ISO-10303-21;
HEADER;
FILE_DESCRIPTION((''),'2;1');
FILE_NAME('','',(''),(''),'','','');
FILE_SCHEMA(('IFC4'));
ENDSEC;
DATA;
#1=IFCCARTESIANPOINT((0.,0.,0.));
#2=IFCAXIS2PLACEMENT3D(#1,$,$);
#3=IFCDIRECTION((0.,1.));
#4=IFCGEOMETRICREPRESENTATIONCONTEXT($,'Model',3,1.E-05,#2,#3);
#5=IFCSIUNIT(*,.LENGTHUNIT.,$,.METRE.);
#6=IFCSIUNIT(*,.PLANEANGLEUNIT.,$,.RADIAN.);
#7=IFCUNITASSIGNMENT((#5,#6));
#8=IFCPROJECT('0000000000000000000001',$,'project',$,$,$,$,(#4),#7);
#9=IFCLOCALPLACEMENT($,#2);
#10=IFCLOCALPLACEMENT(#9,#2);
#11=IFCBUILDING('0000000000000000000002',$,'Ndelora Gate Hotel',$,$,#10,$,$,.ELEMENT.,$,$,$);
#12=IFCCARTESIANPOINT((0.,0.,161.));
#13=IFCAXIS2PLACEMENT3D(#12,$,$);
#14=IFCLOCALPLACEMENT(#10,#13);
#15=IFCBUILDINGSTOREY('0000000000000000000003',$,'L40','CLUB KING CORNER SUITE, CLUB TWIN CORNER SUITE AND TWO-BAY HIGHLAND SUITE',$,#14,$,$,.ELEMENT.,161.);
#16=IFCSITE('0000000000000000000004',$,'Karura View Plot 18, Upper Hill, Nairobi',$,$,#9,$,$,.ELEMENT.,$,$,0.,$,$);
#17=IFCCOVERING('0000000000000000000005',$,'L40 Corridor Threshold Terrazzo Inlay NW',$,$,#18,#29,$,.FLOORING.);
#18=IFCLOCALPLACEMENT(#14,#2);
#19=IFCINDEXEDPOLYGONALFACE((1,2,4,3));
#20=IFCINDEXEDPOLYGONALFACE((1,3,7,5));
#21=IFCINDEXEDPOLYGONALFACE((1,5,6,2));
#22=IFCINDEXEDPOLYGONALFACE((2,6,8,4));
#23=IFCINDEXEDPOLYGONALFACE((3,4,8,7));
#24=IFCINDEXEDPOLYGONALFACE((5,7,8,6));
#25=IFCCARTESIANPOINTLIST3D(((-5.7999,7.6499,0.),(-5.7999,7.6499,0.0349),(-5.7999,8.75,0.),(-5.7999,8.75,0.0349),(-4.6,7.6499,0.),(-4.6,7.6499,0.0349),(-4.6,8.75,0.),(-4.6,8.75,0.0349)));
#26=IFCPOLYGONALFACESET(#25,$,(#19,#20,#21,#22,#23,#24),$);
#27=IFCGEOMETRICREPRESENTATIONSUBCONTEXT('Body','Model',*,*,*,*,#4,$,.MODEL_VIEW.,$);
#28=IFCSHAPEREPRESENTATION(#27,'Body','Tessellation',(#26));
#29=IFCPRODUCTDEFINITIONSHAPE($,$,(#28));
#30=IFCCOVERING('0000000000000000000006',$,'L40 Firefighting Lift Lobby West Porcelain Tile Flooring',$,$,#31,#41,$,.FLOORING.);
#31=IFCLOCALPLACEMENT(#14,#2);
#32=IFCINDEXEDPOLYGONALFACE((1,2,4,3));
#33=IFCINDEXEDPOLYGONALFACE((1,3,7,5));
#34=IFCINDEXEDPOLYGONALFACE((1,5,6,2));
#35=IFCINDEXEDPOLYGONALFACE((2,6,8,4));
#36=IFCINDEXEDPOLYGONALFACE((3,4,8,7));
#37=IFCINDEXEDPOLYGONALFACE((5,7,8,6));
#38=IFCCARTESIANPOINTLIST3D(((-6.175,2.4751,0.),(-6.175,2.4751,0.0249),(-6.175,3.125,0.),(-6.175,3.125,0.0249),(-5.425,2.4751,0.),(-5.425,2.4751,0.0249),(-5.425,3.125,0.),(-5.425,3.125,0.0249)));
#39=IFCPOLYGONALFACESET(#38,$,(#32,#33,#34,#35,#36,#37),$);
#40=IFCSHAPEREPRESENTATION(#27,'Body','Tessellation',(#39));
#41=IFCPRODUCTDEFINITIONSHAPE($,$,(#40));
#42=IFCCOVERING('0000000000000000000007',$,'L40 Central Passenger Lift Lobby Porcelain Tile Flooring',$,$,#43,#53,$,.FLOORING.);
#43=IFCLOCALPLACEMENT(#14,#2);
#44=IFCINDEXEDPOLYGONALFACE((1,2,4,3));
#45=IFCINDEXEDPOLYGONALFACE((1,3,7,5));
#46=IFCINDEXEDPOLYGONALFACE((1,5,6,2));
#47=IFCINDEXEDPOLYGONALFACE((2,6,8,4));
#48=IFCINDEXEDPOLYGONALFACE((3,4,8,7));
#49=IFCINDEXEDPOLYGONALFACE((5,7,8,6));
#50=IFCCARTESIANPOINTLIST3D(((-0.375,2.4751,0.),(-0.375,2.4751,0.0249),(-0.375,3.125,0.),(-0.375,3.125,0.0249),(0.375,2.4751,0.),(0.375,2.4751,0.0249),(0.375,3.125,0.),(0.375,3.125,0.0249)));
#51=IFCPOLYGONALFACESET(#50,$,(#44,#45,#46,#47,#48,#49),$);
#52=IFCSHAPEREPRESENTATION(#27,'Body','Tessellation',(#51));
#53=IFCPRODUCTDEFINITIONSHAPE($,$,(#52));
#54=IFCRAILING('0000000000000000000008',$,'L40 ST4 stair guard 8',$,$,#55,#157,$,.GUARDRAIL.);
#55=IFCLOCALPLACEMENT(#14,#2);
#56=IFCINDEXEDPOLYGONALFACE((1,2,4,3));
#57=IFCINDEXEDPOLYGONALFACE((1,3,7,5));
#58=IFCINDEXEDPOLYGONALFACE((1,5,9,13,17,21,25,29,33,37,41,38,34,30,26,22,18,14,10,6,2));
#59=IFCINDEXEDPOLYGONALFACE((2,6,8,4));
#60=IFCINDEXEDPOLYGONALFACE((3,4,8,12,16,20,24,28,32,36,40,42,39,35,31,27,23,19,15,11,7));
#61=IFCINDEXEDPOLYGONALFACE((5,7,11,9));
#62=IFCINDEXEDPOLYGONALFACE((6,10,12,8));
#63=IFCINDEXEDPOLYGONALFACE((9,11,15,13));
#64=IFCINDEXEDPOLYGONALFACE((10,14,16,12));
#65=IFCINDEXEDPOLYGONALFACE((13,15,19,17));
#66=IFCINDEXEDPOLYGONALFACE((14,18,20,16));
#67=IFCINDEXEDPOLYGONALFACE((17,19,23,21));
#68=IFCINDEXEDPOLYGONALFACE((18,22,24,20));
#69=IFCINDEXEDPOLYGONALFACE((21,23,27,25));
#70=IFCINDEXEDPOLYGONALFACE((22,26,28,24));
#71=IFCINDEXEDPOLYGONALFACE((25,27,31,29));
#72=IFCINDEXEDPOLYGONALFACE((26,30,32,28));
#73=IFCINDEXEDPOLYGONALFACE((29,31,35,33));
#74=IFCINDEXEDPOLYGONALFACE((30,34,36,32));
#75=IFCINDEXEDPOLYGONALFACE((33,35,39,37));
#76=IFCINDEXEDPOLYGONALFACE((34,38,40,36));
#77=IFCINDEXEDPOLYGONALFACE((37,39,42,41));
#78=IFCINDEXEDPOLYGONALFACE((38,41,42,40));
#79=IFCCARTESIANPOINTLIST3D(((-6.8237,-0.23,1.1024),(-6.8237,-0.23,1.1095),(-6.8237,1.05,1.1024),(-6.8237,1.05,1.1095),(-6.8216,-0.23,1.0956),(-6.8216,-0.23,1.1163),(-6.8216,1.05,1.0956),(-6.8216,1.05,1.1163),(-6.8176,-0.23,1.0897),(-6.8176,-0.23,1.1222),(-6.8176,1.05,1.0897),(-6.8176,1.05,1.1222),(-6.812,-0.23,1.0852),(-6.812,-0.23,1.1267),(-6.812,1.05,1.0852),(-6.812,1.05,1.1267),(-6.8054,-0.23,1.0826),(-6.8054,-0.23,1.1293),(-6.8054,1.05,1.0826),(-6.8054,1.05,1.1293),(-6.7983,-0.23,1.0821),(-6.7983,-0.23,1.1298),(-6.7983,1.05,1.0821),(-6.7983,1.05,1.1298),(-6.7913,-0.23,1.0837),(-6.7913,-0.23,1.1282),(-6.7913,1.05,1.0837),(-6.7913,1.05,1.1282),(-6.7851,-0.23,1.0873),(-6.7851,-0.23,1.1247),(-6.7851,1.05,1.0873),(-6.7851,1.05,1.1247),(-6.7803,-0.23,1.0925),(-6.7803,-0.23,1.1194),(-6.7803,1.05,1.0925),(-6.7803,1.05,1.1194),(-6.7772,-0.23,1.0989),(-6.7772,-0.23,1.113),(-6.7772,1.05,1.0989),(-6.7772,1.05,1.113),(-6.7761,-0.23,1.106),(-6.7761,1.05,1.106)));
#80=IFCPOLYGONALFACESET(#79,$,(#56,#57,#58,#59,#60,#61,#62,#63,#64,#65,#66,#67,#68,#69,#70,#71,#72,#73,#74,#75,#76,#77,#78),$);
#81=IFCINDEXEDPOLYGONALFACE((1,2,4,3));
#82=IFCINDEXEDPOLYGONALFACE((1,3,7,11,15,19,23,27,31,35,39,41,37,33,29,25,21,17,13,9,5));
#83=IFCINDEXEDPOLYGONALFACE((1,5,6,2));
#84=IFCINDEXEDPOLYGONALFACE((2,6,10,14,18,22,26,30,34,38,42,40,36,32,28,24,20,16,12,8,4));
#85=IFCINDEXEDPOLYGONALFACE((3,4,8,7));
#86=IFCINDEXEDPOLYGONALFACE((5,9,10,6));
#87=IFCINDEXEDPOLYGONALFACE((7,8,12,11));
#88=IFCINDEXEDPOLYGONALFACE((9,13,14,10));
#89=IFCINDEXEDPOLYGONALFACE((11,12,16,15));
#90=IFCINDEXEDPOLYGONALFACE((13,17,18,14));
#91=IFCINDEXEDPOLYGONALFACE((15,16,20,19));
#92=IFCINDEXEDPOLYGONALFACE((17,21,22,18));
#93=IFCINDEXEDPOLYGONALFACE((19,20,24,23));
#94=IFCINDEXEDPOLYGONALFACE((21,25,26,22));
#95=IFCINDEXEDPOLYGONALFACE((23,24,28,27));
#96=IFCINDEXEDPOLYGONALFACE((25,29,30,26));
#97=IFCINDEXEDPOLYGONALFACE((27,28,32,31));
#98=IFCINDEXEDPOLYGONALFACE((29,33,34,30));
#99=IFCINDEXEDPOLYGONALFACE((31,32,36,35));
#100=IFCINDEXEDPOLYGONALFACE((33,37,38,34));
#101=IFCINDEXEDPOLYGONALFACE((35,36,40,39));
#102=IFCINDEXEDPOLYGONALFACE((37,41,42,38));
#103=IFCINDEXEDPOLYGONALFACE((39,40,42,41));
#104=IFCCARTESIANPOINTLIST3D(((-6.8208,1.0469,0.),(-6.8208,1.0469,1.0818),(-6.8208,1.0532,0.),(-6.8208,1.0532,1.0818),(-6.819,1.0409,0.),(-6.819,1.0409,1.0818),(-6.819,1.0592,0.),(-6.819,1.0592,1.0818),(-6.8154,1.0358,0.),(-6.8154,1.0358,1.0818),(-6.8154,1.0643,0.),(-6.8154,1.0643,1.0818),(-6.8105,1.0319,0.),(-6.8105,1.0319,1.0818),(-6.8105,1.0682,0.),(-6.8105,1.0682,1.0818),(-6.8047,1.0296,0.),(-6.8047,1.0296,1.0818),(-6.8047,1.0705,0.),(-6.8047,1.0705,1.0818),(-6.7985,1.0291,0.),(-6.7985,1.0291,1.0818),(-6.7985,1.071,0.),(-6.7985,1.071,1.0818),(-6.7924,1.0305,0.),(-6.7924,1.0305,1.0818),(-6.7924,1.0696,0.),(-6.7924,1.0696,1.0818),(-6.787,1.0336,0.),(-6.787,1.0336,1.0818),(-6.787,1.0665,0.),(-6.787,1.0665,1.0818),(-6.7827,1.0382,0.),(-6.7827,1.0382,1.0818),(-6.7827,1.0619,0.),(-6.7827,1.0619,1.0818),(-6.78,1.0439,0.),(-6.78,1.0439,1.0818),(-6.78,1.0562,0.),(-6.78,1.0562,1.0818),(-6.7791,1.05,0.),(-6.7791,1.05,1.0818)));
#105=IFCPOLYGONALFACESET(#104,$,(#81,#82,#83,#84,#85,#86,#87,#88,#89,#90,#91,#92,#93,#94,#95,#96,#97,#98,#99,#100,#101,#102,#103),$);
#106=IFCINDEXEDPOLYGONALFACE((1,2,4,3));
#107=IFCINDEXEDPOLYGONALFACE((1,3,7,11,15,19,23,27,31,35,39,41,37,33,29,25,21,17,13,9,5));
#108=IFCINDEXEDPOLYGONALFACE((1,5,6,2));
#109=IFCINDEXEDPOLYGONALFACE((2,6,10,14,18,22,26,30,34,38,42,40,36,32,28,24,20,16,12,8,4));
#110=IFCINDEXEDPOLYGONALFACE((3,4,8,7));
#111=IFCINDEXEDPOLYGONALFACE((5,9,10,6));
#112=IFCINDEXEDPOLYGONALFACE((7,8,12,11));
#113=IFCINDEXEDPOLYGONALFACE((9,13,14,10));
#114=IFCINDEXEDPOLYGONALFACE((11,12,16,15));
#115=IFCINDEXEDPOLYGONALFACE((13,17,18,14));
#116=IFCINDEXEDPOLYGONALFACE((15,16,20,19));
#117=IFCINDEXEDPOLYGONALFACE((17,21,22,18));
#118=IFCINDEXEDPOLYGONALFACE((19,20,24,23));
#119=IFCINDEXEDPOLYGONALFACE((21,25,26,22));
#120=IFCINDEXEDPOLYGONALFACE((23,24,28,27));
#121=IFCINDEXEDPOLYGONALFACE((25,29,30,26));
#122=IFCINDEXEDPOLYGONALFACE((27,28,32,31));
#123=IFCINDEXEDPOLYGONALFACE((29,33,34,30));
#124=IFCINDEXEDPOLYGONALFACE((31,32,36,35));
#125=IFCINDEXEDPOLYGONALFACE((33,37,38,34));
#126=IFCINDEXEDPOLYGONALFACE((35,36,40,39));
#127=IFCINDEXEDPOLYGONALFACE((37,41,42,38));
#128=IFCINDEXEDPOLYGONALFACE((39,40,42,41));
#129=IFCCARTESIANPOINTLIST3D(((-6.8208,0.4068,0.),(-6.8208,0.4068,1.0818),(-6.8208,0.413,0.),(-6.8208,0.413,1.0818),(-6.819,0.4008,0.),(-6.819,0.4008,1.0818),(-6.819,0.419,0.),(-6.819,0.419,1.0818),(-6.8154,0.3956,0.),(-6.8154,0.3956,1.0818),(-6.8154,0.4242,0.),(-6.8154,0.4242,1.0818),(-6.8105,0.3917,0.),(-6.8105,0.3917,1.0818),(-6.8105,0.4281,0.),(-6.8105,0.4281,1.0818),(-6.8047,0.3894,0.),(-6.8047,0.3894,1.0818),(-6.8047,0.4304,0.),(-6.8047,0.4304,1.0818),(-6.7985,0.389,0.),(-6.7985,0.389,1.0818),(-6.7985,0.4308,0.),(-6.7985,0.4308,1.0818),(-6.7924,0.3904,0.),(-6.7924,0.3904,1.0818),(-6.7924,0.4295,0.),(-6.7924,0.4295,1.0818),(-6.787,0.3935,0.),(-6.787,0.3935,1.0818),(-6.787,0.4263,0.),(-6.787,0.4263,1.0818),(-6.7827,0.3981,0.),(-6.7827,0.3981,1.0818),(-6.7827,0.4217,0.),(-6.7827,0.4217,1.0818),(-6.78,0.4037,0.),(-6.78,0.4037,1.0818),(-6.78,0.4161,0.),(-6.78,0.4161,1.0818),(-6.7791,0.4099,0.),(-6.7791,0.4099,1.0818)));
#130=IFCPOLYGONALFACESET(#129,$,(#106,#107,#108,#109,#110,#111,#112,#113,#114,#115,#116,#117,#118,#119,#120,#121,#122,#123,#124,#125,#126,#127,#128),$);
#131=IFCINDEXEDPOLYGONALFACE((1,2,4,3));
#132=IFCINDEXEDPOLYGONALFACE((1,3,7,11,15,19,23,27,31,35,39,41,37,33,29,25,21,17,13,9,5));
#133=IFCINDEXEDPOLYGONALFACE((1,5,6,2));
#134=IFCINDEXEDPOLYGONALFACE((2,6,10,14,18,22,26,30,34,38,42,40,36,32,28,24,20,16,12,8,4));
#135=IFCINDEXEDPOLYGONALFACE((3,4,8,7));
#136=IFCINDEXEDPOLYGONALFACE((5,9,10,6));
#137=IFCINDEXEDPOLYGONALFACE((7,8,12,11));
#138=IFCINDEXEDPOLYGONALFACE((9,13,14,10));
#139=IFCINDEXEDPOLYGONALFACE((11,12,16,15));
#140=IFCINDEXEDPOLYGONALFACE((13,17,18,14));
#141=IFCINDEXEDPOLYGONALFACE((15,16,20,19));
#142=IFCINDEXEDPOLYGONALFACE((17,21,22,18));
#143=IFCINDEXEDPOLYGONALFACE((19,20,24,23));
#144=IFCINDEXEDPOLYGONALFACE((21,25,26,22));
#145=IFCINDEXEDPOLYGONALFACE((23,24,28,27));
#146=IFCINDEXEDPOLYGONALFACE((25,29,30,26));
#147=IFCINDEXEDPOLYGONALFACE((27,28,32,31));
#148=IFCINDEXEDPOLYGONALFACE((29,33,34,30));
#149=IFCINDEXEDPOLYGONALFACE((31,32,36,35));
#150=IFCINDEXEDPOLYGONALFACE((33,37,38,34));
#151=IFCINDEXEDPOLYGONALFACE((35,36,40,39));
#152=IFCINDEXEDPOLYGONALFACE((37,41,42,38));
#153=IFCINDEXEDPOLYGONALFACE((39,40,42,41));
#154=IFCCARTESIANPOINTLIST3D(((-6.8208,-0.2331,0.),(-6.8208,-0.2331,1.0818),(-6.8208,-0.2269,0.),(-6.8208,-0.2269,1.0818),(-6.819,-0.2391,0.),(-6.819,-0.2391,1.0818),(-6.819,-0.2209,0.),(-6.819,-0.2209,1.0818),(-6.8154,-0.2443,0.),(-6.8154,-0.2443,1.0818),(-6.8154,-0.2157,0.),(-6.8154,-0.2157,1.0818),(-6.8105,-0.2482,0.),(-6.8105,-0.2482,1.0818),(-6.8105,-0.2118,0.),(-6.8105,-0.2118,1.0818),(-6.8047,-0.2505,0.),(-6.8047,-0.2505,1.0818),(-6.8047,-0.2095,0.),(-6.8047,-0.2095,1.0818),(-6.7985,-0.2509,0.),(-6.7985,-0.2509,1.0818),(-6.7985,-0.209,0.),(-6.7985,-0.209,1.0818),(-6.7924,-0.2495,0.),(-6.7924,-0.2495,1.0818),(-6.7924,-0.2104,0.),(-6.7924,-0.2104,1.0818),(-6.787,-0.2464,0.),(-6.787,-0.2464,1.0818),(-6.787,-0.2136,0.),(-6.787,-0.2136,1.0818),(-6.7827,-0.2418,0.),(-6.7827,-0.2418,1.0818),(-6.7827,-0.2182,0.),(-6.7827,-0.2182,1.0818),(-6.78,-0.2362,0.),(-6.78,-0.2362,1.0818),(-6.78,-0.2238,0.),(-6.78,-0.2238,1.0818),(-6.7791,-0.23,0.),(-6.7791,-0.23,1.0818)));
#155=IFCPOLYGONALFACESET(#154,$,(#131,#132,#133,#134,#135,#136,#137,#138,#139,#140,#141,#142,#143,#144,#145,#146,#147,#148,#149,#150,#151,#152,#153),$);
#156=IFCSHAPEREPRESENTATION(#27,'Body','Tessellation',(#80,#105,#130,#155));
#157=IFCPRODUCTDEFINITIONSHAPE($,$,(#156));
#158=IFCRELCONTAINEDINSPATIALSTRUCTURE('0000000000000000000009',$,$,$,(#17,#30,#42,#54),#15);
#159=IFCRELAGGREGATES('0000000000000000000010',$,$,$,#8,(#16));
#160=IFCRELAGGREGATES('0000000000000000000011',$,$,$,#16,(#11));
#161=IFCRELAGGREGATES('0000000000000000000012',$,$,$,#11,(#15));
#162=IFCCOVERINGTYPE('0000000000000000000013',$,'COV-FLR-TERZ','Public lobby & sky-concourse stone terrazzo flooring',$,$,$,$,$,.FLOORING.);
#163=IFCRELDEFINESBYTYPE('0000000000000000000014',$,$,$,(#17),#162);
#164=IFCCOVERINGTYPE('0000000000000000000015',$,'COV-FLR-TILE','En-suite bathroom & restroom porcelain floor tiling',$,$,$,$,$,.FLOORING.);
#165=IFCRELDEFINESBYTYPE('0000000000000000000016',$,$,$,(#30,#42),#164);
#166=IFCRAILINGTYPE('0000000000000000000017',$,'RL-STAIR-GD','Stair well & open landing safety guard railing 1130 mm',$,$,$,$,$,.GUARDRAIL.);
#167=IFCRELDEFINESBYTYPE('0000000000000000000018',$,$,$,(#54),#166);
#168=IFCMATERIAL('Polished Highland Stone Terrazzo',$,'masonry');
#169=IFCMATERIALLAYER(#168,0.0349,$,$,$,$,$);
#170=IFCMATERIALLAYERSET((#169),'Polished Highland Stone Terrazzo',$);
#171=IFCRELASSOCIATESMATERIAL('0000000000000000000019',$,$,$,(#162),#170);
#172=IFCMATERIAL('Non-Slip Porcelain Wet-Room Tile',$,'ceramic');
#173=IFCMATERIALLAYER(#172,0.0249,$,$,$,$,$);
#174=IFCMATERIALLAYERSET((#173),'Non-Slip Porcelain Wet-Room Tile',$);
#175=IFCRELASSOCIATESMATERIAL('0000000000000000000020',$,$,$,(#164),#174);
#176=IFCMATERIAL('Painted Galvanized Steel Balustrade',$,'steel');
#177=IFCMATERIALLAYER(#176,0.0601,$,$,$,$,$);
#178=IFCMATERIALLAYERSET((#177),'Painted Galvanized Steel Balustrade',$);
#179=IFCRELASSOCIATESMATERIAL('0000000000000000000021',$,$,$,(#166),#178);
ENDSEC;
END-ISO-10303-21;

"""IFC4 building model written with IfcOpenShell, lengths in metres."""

from ifc_helpers import new_model, si_unit, direction, frame, origin, origin_2d, place, context, subcontext, project, spatial, rectangle, circle, extrude, material, layer, layer_set, type_object, element, save


model = new_model("IFC4")

# Units and contexts
model_context = context("Model", 3, precision=1e-05, world=origin(), true_north=direction((0.0, 1.0)))
body_context = subcontext(model_context, "Body", "Model", "MODEL_VIEW")
ifc_project = project(units=[si_unit("LENGTHUNIT", "METRE"), si_unit("PLANEANGLEUNIT", "RADIAN")], contexts=[model_context])

# Site, building, storey
site_placement = place(None, origin())
site = spatial("IfcSite", under=ifc_project, at=site_placement, Name="Karura View Plot 18, Upper Hill, Nairobi", CompositionType="ELEMENT", RefElevation=0.0)
building_placement = place(site_placement, origin())
building = spatial("IfcBuilding", under=site, at=building_placement, Name="Ndelora Gate Hotel", CompositionType="ELEMENT")
storey_placement = place(building_placement, frame((0.0, 0.0, 161.0)))
storey = spatial("IfcBuildingStorey", under=building, at=storey_placement, Name="L40", Description="CLUB KING CORNER SUITE, CLUB TWIN CORNER SUITE AND TWO-BAY HIGHLAND SUITE", CompositionType="ELEMENT", Elevation=161.0)

# Coverings
ifc_material_1 = material(Name="Polished Highland Stone Terrazzo", Category="masonry")
ifc_layer_1 = layer(ifc_material_1, 0.0349)
ifc_layer_set_1 = layer_set([ifc_layer_1], Name="Polished Highland Stone Terrazzo")
covering_type_1 = type_object("IfcCoveringType", Name="COV-FLR-TERZ", Description="Public lobby & sky-concourse stone terrazzo flooring", PredefinedType="FLOORING", material=ifc_layer_set_1)
covering_1_placement = place(storey_placement, frame((-5.2, 8.2, 0.0), z_axis=(0.0, 0.0, 1.0), x_axis=(1.0, 0.0, 0.0)))
element("IfcCovering", 1, at=covering_1_placement, inside=storey, type_object=covering_type_1, Name="L40 Corridor Threshold Terrazzo Inlay NW", PredefinedType="FLOORING", context=body_context, shape_type="SweptSolid", body=[
    extrude(rectangle(XDim=1.2, YDim=1.1001, at=origin_2d()), origin(), (0.0, 0.0, 1.0), 0.0349),
])
ifc_material_2 = material(Name="Non-Slip Porcelain Wet-Room Tile", Category="ceramic")
ifc_layer_2 = layer(ifc_material_2, 0.0249)
ifc_layer_set_2 = layer_set([ifc_layer_2], Name="Non-Slip Porcelain Wet-Room Tile")
covering_type_2 = type_object("IfcCoveringType", Name="COV-FLR-TILE", Description="En-suite bathroom & restroom porcelain floor tiling", PredefinedType="FLOORING", material=ifc_layer_set_2)
for number, where, z_axis, x_axis, name in (
    (2, (-5.8, 2.8, 0.0), (0.0, 0.0, 1.0), (1.0, 0.0, 0.0), "L40 Firefighting Lift Lobby West Porcelain Tile Flooring"),
    (3, (0.0, 2.8, 0.0), (0.0, 0.0, 1.0), (1.0, 0.0, 0.0), "L40 Central Passenger Lift Lobby Porcelain Tile Flooring"),
):
    element("IfcCovering", number, at=place(storey_placement, frame(where, z_axis=z_axis, x_axis=x_axis)), inside=storey, type_object=covering_type_2, Name=name, PredefinedType="FLOORING", context=body_context, shape_type="SweptSolid", body=[
        extrude(rectangle(XDim=0.75, YDim=0.6499, at=origin_2d()), origin(), (0.0, 0.0, 1.0), 0.0249),
    ])

# Railing
ifc_material_3 = material(Name="Painted Galvanized Steel Balustrade", Category="steel")
ifc_layer_3 = layer(ifc_material_3, 0.0601)
ifc_layer_set_3 = layer_set([ifc_layer_3], Name="Painted Galvanized Steel Balustrade")
railing_type = type_object("IfcRailingType", Name="RL-STAIR-GD", Description="Stair well & open landing safety guard railing 1130 mm", PredefinedType="GUARDRAIL", material=ifc_layer_set_3)
for number, where, name in (
    (4, (-6.8, 1.05, 0.0), "L40 ST4 stair guard 8"),
):
    element("IfcRailing", number, at=place(storey_placement, frame(where)), inside=storey, type_object=railing_type, Name=name, PredefinedType="GUARDRAIL", context=body_context, shape_type="SweptSolid", body=[
        extrude(circle(Radius=0.0239, at=origin_2d()), frame((0.0, 0.0, 1.106), z_axis=(0.0, -1.0, 0.0), x_axis=(1.0, 0.0, 0.0)), (0.0, 0.0, 1.0), 1.28),
        extrude(circle(Radius=0.021, at=origin_2d()), origin(), (0.0, 0.0, 1.0), 1.0818),
        extrude(circle(Radius=0.021, at=origin_2d()), frame((0.0, -0.6401, 0.0)), (0.0, 0.0, 1.0), 1.0818),
        extrude(circle(Radius=0.021, at=origin_2d()), frame((0.0, -1.28, 0.0)), (0.0, 0.0, 1.0), 1.0818),
    ])

save(model, "model.ifc")
